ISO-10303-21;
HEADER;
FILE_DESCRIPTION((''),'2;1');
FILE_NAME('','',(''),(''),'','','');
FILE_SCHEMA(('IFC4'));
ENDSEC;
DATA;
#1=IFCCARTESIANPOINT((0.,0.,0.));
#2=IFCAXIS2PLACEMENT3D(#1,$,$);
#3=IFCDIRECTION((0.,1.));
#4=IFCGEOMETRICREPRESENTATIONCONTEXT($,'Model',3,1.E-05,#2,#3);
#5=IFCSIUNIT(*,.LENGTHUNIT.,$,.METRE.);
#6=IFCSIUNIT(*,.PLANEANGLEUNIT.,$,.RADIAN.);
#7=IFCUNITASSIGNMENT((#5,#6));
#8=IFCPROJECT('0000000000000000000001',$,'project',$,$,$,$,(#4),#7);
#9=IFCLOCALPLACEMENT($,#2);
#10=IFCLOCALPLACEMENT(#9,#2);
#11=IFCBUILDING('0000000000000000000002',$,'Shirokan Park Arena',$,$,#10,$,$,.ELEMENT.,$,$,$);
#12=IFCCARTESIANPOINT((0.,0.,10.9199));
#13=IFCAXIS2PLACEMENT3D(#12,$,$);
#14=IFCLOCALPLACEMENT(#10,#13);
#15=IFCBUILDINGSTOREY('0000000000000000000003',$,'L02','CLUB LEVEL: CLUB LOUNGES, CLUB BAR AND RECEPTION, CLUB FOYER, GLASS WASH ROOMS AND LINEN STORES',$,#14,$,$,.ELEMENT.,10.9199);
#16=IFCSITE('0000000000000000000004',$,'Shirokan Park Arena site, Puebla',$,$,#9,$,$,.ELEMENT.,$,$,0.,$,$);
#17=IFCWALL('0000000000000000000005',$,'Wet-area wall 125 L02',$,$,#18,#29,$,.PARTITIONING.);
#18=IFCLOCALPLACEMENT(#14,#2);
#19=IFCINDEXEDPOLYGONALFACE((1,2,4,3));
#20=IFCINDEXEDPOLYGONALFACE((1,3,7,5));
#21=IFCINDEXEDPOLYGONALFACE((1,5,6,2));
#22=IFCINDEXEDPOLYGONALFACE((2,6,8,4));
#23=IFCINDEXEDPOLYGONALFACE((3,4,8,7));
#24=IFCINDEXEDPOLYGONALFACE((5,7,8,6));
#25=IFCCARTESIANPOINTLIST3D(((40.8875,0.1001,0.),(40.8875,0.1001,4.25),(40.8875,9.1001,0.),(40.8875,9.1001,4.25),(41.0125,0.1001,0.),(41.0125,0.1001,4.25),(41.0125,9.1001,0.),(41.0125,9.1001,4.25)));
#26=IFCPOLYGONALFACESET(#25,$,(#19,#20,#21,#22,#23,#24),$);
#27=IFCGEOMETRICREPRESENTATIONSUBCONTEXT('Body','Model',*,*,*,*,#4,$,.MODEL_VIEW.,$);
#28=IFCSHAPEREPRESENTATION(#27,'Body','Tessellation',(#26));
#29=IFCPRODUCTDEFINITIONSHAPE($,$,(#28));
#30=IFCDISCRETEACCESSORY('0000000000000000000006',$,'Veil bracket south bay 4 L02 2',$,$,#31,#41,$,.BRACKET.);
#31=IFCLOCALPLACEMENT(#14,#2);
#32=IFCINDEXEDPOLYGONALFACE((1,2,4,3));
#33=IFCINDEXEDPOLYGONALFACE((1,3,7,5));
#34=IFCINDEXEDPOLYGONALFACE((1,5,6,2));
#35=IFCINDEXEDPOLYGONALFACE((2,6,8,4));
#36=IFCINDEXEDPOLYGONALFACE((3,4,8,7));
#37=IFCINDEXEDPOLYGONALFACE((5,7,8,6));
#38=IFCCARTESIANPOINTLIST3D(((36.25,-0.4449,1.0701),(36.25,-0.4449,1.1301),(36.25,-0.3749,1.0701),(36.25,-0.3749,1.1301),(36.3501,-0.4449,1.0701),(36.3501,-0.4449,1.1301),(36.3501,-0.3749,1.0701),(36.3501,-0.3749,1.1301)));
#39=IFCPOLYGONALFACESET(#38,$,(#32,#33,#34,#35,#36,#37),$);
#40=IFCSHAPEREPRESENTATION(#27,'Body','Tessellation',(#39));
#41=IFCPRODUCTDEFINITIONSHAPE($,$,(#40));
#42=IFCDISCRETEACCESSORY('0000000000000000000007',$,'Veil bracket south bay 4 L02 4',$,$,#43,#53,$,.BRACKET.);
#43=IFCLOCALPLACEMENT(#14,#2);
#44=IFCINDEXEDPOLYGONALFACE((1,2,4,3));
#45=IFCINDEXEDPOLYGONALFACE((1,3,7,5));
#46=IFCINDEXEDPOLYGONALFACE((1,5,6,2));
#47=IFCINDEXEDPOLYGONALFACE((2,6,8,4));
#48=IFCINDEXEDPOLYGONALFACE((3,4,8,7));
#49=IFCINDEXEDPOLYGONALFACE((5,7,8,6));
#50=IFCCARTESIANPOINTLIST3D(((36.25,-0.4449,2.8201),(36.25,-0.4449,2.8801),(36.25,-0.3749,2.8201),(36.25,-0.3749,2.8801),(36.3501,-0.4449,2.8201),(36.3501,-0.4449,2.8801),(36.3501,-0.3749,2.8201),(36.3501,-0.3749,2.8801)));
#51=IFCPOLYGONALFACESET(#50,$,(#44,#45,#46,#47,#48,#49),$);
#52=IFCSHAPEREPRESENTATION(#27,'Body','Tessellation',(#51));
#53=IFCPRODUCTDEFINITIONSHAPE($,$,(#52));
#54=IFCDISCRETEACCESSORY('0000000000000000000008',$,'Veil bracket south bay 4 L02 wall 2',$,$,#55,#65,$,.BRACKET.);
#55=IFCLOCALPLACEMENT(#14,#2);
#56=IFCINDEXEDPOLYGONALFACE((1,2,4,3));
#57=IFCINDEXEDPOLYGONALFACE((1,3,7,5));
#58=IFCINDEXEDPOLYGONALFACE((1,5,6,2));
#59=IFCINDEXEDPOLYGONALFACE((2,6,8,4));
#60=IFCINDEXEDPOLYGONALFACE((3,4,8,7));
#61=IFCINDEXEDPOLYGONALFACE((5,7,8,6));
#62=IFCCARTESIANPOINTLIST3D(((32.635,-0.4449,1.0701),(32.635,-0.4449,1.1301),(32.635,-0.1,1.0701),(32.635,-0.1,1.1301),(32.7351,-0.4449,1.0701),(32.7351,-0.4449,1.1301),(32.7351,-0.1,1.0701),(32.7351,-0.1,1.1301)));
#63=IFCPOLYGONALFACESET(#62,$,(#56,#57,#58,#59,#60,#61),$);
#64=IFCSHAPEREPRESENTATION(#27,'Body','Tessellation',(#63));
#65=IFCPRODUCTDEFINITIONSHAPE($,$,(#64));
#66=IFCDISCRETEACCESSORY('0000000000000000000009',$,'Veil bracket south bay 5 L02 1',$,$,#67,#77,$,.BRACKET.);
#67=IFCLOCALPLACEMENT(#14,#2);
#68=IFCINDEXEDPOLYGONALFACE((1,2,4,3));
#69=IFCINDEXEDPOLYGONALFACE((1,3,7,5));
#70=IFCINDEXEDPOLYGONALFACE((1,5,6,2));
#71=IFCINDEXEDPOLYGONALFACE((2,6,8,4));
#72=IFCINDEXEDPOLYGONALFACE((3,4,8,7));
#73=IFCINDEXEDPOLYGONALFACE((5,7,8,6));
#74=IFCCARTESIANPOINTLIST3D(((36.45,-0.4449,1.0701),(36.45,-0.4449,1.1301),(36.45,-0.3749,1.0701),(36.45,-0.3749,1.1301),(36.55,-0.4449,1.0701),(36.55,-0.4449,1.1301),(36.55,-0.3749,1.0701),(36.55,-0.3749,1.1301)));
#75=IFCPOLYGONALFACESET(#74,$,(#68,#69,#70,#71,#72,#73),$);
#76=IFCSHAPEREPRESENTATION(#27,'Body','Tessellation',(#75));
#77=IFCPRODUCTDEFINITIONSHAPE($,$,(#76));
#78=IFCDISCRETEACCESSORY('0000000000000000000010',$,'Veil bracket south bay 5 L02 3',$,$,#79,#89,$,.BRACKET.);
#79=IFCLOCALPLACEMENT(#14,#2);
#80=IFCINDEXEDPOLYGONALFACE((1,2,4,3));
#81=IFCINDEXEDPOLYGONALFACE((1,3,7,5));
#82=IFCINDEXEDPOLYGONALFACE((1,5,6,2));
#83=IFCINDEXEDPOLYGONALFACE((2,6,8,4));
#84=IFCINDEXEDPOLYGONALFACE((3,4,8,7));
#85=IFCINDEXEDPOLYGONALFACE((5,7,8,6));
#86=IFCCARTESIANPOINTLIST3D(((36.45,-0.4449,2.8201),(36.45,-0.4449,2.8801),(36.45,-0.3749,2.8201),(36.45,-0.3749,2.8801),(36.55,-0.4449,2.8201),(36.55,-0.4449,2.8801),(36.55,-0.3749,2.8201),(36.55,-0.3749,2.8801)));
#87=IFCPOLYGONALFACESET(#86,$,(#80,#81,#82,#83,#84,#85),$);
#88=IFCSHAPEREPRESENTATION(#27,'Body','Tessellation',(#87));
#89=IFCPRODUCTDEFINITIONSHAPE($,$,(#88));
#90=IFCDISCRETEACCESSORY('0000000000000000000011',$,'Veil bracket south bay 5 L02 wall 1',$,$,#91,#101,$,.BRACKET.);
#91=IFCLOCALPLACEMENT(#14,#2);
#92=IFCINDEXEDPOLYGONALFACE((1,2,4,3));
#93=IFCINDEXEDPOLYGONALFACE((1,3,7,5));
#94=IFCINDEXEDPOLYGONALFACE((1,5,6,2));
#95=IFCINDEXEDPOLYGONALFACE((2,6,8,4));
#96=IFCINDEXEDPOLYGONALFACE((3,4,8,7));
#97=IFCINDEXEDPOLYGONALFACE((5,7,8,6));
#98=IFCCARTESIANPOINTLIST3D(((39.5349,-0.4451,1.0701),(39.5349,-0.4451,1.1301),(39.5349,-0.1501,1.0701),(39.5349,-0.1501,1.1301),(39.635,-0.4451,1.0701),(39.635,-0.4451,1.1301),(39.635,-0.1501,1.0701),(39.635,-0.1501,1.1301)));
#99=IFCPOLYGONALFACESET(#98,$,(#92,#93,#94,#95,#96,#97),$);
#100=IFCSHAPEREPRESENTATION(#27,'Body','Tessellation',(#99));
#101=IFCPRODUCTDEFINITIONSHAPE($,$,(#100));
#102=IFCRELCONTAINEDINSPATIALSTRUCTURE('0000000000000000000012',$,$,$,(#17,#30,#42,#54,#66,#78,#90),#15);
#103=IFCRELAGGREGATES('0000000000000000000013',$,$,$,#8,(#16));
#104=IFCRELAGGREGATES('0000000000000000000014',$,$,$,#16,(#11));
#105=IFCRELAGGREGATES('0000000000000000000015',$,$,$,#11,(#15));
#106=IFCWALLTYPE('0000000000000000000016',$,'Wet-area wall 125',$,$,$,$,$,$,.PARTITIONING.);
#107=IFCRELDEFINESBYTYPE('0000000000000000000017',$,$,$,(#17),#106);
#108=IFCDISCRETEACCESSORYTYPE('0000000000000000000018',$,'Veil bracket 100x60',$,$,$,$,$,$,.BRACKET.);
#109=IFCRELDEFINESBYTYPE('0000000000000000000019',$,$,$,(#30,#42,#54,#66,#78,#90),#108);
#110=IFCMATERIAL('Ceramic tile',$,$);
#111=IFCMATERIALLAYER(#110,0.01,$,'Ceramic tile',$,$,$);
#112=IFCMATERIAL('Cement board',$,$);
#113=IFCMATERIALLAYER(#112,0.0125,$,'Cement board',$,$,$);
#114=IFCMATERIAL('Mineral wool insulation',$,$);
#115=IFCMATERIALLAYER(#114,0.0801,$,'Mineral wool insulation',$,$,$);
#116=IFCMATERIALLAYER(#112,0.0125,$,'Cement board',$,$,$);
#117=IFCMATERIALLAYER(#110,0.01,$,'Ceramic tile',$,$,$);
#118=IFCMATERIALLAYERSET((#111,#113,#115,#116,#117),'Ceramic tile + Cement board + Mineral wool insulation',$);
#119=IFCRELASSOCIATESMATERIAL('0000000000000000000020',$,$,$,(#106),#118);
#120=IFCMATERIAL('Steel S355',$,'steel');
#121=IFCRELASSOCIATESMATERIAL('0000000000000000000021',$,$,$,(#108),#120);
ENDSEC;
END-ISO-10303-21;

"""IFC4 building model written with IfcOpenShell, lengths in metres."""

from ifc_helpers import new_model, si_unit, direction, frame, frame_2d, origin, origin_2d, place, context, subcontext, project, spatial, rectangle, extrude, material, layer, layer_set, type_object, element, save


model = new_model("IFC4")

# Units and contexts
model_context = context("Model", 3, precision=1e-05, world=origin(), true_north=direction((0.0, 1.0)))
body_context = subcontext(model_context, "Body", "Model", "MODEL_VIEW")
ifc_project = project(units=[si_unit("LENGTHUNIT", "METRE"), si_unit("PLANEANGLEUNIT", "RADIAN")], contexts=[model_context])

# Site, building, storey
site_placement = place(None, origin())
site = spatial("IfcSite", under=ifc_project, at=site_placement, Name="Shirokan Park Arena site, Puebla", CompositionType="ELEMENT", RefElevation=0.0)
building_placement = place(site_placement, origin())
building = spatial("IfcBuilding", under=site, at=building_placement, Name="Shirokan Park Arena", CompositionType="ELEMENT")
storey_placement = place(building_placement, frame((0.0, 0.0, 10.9199)))
storey = spatial("IfcBuildingStorey", under=building, at=storey_placement, Name="L02", Description="CLUB LEVEL: CLUB LOUNGES, CLUB BAR AND RECEPTION, CLUB FOYER, GLASS WASH ROOMS AND LINEN STORES", CompositionType="ELEMENT", Elevation=10.9199)

# Shared definitions
ifc_material_1 = material(Name="Steel S355", Category="steel")

# Shared definitions
ifc_material_2 = material(Name="Mineral wool insulation")

# Wall
ifc_material_3 = material(Name="Ceramic tile")
ifc_layer_1 = layer(ifc_material_3, 0.01, Name="Ceramic tile")
ifc_material_4 = material(Name="Cement board")
ifc_layer_2 = layer(ifc_material_4, 0.0125, Name="Cement board")
ifc_layer_3 = layer(ifc_material_2, 0.0801, Name="Mineral wool insulation")
ifc_layer_4 = layer(ifc_material_4, 0.0125, Name="Cement board")
ifc_layer_5 = layer(ifc_material_3, 0.01, Name="Ceramic tile")
ifc_layer_set_1 = layer_set([ifc_layer_1, ifc_layer_2, ifc_layer_3, ifc_layer_4, ifc_layer_5], Name="Ceramic tile + Cement board + Mineral wool insulation")
wall_type_1 = type_object("IfcWallType", Name="Wet-area wall 125", PredefinedType="PARTITIONING", material=ifc_layer_set_1)
wall_1_placement = place(storey_placement, frame((40.95, 0.1001, 0.0), z_axis=(0.0, 0.0, 1.0), x_axis=(0.0, 1.0, 0.0)))
element("IfcWall", 1, at=wall_1_placement, inside=storey, type_object=wall_type_1, Name="Wet-area wall 125 L02", PredefinedType="PARTITIONING", context=body_context, shape_type="SweptSolid", body=[
    extrude(rectangle(XDim=9.0, YDim=0.125, at=frame_2d((4.5, 0.0))), origin(), (0.0, 0.0, 1.0), 4.25),
])

# Discrete accessories
discrete_accessory_type = type_object("IfcDiscreteAccessoryType", Name="Veil bracket 100x60", PredefinedType="BRACKET", material=ifc_material_1)
for number, where, z_axis, x_axis, name in (
    (2, (36.3, -0.4099, 1.0701), (0.0, 0.0, 1.0), (1.0, 0.0, 0.0), "Veil bracket south bay 4 L02 2"),
    (3, (36.3, -0.4099, 2.8201), (0.0, 0.0, 1.0), (1.0, 0.0, 0.0), "Veil bracket south bay 4 L02 4"),
):
    element("IfcDiscreteAccessory", number, at=place(storey_placement, frame(where, z_axis=z_axis, x_axis=x_axis)), inside=storey, type_object=discrete_accessory_type, Name=name, PredefinedType="BRACKET", context=body_context, shape_type="SweptSolid", body=[
        extrude(rectangle(XDim=0.1001, YDim=0.0701, at=origin_2d()), origin(), (0.0, 0.0, 1.0), 0.0601),
    ])
discrete_accessory_1_placement = place(storey_placement, frame((32.6851, -0.2725, 1.0701), z_axis=(0.0, 0.0, 1.0), x_axis=(1.0, 0.0, 0.0)))
element("IfcDiscreteAccessory", 4, at=discrete_accessory_1_placement, inside=storey, type_object=discrete_accessory_type, Name="Veil bracket south bay 4 L02 wall 2", PredefinedType="BRACKET", context=body_context, shape_type="SweptSolid", body=[
    extrude(rectangle(XDim=0.1001, YDim=0.345, at=origin_2d()), origin(), (0.0, 0.0, 1.0), 0.0601),
])
for number, where, z_axis, x_axis, name in (
    (5, (36.5, -0.4099, 1.0701), (0.0, 0.0, 1.0), (1.0, 0.0, 0.0), "Veil bracket south bay 5 L02 1"),
    (6, (36.5, -0.4099, 2.8201), (0.0, 0.0, 1.0), (1.0, 0.0, 0.0), "Veil bracket south bay 5 L02 3"),
):
    element("IfcDiscreteAccessory", number, at=place(storey_placement, frame(where, z_axis=z_axis, x_axis=x_axis)), inside=storey, type_object=discrete_accessory_type, Name=name, PredefinedType="BRACKET", context=body_context, shape_type="SweptSolid", body=[
        extrude(rectangle(XDim=0.1001, YDim=0.0701, at=origin_2d()), origin(), (0.0, 0.0, 1.0), 0.0601),
    ])
discrete_accessory_2_placement = place(storey_placement, frame((39.585, -0.2976, 1.0701), z_axis=(0.0, 0.0, 1.0), x_axis=(1.0, 0.0, 0.0)))
element("IfcDiscreteAccessory", 7, at=discrete_accessory_2_placement, inside=storey, type_object=discrete_accessory_type, Name="Veil bracket south bay 5 L02 wall 1", PredefinedType="BRACKET", context=body_context, shape_type="SweptSolid", body=[
    extrude(rectangle(XDim=0.1001, YDim=0.2949, at=origin_2d()), origin(), (0.0, 0.0, 1.0), 0.0601),
])

save(model, "model.ifc")
